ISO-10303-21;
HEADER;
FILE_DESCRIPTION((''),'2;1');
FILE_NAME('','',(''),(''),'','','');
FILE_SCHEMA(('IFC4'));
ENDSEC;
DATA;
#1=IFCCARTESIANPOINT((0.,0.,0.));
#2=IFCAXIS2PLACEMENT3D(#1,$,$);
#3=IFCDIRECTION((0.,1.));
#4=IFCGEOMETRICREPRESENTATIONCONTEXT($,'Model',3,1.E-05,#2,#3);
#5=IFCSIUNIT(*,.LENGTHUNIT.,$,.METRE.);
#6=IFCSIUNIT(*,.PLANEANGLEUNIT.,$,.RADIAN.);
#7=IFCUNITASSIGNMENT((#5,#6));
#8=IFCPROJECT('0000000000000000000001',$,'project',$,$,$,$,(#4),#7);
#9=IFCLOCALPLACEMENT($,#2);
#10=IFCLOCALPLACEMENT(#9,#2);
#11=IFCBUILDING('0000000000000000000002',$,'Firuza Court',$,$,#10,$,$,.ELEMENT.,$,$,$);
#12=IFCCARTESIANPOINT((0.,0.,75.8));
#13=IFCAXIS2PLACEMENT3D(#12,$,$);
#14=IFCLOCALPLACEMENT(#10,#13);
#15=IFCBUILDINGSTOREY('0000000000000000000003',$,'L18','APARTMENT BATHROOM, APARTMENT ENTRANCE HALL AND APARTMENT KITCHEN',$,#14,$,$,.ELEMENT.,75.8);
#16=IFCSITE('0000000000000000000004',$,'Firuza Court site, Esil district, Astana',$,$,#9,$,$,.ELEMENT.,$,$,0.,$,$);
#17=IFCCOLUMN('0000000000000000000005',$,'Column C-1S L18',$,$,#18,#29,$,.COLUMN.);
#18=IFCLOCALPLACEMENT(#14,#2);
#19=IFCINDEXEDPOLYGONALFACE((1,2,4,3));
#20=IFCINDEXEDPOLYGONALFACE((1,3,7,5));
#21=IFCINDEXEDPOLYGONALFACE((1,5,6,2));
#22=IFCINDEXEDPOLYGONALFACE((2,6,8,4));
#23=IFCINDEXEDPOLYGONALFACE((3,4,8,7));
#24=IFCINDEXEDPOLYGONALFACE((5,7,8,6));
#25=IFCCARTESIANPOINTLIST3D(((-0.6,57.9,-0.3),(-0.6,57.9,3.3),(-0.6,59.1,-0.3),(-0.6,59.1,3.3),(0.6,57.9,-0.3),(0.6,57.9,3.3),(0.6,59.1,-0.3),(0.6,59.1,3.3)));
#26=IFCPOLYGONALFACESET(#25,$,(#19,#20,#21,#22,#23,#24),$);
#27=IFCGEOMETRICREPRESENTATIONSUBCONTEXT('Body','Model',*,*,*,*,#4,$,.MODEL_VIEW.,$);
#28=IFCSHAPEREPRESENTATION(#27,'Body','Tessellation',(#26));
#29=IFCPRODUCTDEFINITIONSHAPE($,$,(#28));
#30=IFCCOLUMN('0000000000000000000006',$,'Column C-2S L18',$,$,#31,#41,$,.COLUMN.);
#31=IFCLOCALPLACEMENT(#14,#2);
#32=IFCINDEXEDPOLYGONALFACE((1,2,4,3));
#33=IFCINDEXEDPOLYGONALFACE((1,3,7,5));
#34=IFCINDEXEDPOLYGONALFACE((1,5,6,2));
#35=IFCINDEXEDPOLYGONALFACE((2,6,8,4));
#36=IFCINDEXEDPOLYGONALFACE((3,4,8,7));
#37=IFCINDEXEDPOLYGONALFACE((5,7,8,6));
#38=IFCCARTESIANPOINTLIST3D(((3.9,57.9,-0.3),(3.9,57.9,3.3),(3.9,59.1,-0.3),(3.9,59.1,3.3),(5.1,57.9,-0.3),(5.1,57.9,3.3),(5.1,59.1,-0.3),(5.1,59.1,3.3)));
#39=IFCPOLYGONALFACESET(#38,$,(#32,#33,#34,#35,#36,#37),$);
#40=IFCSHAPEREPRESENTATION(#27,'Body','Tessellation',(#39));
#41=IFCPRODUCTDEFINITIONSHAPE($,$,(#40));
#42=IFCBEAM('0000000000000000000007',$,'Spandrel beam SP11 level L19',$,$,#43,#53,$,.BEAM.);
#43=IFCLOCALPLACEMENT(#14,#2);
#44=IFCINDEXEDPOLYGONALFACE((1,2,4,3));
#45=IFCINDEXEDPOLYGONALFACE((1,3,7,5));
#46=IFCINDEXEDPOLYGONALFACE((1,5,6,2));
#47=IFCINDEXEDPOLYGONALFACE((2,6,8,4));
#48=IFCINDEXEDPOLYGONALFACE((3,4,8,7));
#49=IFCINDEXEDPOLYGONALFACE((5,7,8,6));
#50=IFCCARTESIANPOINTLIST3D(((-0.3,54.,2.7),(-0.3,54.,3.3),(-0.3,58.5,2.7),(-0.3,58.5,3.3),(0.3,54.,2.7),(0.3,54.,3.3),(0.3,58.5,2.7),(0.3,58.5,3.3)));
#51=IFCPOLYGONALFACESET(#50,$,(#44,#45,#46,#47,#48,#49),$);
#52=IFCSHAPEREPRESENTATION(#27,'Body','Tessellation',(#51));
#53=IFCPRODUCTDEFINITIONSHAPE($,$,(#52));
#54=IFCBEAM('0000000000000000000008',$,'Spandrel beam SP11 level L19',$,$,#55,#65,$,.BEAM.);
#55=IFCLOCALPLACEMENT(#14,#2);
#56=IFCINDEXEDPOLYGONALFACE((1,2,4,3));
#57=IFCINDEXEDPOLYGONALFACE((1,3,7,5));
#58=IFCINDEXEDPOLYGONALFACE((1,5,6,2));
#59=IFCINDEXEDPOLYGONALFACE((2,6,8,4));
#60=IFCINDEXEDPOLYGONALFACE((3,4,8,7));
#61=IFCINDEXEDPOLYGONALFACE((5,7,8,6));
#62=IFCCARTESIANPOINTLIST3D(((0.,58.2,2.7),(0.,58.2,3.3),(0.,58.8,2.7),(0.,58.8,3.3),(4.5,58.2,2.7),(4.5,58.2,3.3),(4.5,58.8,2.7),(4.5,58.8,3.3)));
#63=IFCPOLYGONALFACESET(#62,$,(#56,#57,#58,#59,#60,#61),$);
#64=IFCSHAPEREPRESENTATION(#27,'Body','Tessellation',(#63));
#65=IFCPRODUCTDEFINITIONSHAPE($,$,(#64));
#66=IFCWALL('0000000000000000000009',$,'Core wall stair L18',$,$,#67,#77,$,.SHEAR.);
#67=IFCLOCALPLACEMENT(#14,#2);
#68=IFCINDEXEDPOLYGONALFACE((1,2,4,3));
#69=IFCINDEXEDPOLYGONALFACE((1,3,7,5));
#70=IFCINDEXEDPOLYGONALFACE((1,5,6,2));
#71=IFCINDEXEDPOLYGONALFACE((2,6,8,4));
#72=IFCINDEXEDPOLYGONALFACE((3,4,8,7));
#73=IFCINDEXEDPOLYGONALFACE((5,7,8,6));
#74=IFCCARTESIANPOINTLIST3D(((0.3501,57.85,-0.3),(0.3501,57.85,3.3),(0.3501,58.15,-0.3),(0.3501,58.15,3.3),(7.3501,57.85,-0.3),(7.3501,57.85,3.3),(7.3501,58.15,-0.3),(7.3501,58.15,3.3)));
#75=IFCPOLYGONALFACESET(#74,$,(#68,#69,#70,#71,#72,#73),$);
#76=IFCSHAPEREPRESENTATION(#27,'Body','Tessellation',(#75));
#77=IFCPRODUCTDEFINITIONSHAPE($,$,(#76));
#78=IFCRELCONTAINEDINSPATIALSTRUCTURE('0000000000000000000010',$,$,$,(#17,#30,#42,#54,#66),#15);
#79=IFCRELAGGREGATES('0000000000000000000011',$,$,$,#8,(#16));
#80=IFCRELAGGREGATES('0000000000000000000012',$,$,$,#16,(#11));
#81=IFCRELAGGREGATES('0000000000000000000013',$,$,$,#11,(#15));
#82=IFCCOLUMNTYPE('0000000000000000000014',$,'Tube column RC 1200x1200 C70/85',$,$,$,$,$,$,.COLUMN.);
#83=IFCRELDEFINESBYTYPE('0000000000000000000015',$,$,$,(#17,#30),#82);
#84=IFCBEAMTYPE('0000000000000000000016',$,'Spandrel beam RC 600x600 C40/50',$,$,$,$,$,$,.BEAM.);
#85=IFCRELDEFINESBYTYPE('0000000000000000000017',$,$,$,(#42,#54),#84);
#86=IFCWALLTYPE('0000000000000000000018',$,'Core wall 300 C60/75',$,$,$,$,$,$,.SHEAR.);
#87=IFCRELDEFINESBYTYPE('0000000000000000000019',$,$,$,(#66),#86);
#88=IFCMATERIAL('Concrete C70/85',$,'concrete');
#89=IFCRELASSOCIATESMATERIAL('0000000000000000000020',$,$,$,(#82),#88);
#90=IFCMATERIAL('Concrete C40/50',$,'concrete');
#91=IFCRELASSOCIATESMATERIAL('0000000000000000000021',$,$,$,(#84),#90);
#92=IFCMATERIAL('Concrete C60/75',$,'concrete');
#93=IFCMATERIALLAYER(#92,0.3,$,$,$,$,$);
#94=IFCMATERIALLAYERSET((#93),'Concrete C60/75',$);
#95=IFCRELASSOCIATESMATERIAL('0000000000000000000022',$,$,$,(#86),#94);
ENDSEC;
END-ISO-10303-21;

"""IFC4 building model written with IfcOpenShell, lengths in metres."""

from ifc_helpers import new_model, si_unit, direction, frame, frame_2d, origin, origin_2d, place, context, subcontext, project, spatial, rectangle, extrude, material, layer, layer_set, material_profile, profile_set, type_object, element, save


model = new_model("IFC4")

# Units and contexts
model_context = context("Model", 3, precision=1e-05, world=origin(), true_north=direction((0.0, 1.0)))
body_context = subcontext(model_context, "Body", "Model", "MODEL_VIEW")
ifc_project = project(units=[si_unit("LENGTHUNIT", "METRE"), si_unit("PLANEANGLEUNIT", "RADIAN")], contexts=[model_context])

# Site, building, storey
site_placement = place(None, origin())
site = spatial("IfcSite", under=ifc_project, at=site_placement, Name="Firuza Court site, Esil district, Astana", CompositionType="ELEMENT", RefElevation=0.0)
building_placement = place(site_placement, origin())
building = spatial("IfcBuilding", under=site, at=building_placement, Name="Firuza Court", CompositionType="ELEMENT")
storey_placement = place(building_placement, frame((0.0, 0.0, 75.8)))
storey = spatial("IfcBuildingStorey", under=building, at=storey_placement, Name="L18", Description="APARTMENT BATHROOM, APARTMENT ENTRANCE HALL AND APARTMENT KITCHEN", CompositionType="ELEMENT", Elevation=75.8)

# Columns
ifc_material_1 = material(Name="Concrete C70/85", Category="concrete")
ifc_material_profile_1 = material_profile(ifc_material_1, rectangle(XDim=1.2, YDim=1.2, at=origin_2d()), Name="RC 1200x1200")
ifc_profile_set_1 = profile_set([ifc_material_profile_1], Name="Concrete C70/85")
column_type = type_object("IfcColumnType", Name="Tube column RC 1200x1200 C70/85", PredefinedType="COLUMN", material=ifc_profile_set_1)
for number, where, z_axis, x_axis, name in (
    (1, (0.0, 58.5, -0.3), (0.0, 0.0, 1.0), (1.0, 0.0, 0.0), "Column C-1S L18"),
    (2, (4.5, 58.5, -0.3), (0.0, 0.0, 1.0), (1.0, 0.0, 0.0), "Column C-2S L18"),
):
    element("IfcColumn", number, at=place(storey_placement, frame(where, z_axis=z_axis, x_axis=x_axis)), inside=storey, type_object=column_type, Name=name, PredefinedType="COLUMN", context=body_context, shape_type="SweptSolid", body=[
        extrude(rectangle(XDim=1.2, YDim=1.2, at=origin_2d()), origin(), (0.0, 0.0, 1.0), 3.6001),
    ])

# Beams
ifc_material_2 = material(Name="Concrete C40/50", Category="concrete")
ifc_material_profile_2 = material_profile(ifc_material_2, rectangle(XDim=0.6001, YDim=0.6001, at=origin_2d()), Name="RC 600x600")
ifc_profile_set_2 = profile_set([ifc_material_profile_2], Name="Concrete C40/50")
beam_type = type_object("IfcBeamType", Name="Spandrel beam RC 600x600 C40/50", PredefinedType="BEAM", material=ifc_profile_set_2)
for number, where, z_axis, x_axis, name in (
    (3, (0.0, 58.5, 3.0), (0.0, -1.0, 0.0), (1.0, 0.0, 0.0), "Spandrel beam SP11 level L19"),
    (4, (4.5, 58.5, 3.0), (-1.0, 0.0, 0.0), (0.0, -1.0, 0.0), "Spandrel beam SP11 level L19"),
):
    element("IfcBeam", number, at=place(storey_placement, frame(where, z_axis=z_axis, x_axis=x_axis)), inside=storey, type_object=beam_type, Name=name, PredefinedType="BEAM", context=body_context, shape_type="SweptSolid", body=[
        extrude(rectangle(XDim=0.6001, YDim=0.6001, at=origin_2d()), origin(), (0.0, 0.0, 1.0), 4.5),
    ])

# Wall
ifc_material_3 = material(Name="Concrete C60/75", Category="concrete")
ifc_layer_1 = layer(ifc_material_3, 0.3)
ifc_layer_set_1 = layer_set([ifc_layer_1], Name="Concrete C60/75")
wall_type_1 = type_object("IfcWallType", Name="Core wall 300 C60/75", PredefinedType="SHEAR", material=ifc_layer_set_1)
wall_1_placement = place(storey_placement, frame((0.3501, 58.0, -0.3), z_axis=(0.0, 0.0, 1.0), x_axis=(1.0, 0.0, 0.0)))
element("IfcWall", 5, at=wall_1_placement, inside=storey, type_object=wall_type_1, Name="Core wall stair L18", PredefinedType="SHEAR", context=body_context, shape_type="SweptSolid", body=[
    extrude(rectangle(XDim=7.0, YDim=0.3, at=frame_2d((3.5, 0.0))), origin(), (0.0, 0.0, 1.0), 3.6001),
])

save(model, "model.ifc")
